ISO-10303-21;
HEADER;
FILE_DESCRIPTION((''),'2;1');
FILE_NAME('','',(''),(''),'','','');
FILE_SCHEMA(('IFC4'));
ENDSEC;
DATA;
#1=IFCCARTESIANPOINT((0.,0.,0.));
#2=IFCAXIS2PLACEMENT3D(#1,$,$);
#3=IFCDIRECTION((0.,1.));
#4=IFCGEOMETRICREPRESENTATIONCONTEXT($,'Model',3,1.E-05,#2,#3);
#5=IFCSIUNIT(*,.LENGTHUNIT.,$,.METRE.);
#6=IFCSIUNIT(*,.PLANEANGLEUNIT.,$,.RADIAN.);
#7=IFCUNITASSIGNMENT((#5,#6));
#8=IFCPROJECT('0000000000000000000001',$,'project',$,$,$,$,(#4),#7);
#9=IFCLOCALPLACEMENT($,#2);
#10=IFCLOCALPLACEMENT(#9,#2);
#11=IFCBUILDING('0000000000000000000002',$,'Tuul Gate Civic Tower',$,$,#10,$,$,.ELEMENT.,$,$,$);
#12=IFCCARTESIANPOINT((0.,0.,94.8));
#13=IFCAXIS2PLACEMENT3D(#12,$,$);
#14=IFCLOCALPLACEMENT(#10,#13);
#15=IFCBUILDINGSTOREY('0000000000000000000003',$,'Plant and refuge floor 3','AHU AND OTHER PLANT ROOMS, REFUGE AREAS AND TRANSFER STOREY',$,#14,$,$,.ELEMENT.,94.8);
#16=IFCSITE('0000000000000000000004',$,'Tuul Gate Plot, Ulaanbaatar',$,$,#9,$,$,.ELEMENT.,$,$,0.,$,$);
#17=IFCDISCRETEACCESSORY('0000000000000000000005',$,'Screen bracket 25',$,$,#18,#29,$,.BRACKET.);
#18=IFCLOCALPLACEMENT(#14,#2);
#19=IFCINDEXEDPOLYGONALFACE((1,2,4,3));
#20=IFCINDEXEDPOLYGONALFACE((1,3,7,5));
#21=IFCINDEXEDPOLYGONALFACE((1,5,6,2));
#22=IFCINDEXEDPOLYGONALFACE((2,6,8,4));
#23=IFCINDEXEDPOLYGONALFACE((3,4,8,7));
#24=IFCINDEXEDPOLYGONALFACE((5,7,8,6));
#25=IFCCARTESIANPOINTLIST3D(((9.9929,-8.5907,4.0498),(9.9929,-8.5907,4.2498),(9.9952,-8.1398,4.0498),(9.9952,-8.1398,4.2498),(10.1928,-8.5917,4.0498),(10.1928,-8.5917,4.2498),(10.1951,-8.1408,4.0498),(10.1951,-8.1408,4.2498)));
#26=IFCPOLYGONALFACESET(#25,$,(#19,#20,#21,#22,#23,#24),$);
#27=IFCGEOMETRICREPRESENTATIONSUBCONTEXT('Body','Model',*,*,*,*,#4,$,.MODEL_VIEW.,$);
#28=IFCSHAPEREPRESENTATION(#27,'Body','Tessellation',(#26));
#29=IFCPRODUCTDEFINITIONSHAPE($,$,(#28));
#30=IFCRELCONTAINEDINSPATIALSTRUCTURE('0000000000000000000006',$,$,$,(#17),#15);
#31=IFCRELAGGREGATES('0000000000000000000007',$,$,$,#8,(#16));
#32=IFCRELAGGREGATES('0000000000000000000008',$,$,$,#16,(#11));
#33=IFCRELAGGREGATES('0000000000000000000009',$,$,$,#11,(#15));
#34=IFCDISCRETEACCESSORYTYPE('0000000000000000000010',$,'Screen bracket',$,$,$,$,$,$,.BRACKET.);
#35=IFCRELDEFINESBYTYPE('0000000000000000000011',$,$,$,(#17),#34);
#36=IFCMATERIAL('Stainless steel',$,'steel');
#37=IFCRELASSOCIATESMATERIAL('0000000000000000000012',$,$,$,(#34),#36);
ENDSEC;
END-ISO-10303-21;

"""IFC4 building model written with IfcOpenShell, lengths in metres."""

from ifc_helpers import new_model, si_unit, direction, frame, origin, origin_2d, place, context, subcontext, project, spatial, rectangle, extrude, material, type_object, element, save


model = new_model("IFC4")

# Units and contexts
model_context = context("Model", 3, precision=1e-05, world=origin(), true_north=direction((0.0, 1.0)))
body_context = subcontext(model_context, "Body", "Model", "MODEL_VIEW")
ifc_project = project(units=[si_unit("LENGTHUNIT", "METRE"), si_unit("PLANEANGLEUNIT", "RADIAN")], contexts=[model_context])

# Site, building, storey
site_placement = place(None, origin())
site = spatial("IfcSite", under=ifc_project, at=site_placement, Name="Tuul Gate Plot, Ulaanbaatar", CompositionType="ELEMENT", RefElevation=0.0)
building_placement = place(site_placement, origin())
building = spatial("IfcBuilding", under=site, at=building_placement, Name="Tuul Gate Civic Tower", CompositionType="ELEMENT")
storey_placement = place(building_placement, frame((0.0, 0.0, 94.8)))
storey = spatial("IfcBuildingStorey", under=building, at=storey_placement, Name="Plant and refuge floor 3", Description="AHU AND OTHER PLANT ROOMS, REFUGE AREAS AND TRANSFER STOREY", CompositionType="ELEMENT", Elevation=94.8)

# Discrete accessory
ifc_material_1 = material(Name="Stainless steel", Category="steel")
discrete_accessory_type_1 = type_object("IfcDiscreteAccessoryType", Name="Screen bracket", PredefinedType="BRACKET", material=ifc_material_1)
discrete_accessory_placement = place(storey_placement, frame((10.094, -8.3657, 4.0498), z_axis=(0.0, 0.0, 1.0), x_axis=(-0.00511, -0.999987, 0.0)))
element("IfcDiscreteAccessory", 1, at=discrete_accessory_placement, inside=storey, type_object=discrete_accessory_type_1, Name="Screen bracket 25", PredefinedType="BRACKET", context=body_context, shape_type="SweptSolid", body=[
    extrude(rectangle(XDim=0.4509, YDim=0.2, at=origin_2d()), origin(), (0.0, 0.0, 1.0), 0.2),
])

save(model, "model.ifc")
